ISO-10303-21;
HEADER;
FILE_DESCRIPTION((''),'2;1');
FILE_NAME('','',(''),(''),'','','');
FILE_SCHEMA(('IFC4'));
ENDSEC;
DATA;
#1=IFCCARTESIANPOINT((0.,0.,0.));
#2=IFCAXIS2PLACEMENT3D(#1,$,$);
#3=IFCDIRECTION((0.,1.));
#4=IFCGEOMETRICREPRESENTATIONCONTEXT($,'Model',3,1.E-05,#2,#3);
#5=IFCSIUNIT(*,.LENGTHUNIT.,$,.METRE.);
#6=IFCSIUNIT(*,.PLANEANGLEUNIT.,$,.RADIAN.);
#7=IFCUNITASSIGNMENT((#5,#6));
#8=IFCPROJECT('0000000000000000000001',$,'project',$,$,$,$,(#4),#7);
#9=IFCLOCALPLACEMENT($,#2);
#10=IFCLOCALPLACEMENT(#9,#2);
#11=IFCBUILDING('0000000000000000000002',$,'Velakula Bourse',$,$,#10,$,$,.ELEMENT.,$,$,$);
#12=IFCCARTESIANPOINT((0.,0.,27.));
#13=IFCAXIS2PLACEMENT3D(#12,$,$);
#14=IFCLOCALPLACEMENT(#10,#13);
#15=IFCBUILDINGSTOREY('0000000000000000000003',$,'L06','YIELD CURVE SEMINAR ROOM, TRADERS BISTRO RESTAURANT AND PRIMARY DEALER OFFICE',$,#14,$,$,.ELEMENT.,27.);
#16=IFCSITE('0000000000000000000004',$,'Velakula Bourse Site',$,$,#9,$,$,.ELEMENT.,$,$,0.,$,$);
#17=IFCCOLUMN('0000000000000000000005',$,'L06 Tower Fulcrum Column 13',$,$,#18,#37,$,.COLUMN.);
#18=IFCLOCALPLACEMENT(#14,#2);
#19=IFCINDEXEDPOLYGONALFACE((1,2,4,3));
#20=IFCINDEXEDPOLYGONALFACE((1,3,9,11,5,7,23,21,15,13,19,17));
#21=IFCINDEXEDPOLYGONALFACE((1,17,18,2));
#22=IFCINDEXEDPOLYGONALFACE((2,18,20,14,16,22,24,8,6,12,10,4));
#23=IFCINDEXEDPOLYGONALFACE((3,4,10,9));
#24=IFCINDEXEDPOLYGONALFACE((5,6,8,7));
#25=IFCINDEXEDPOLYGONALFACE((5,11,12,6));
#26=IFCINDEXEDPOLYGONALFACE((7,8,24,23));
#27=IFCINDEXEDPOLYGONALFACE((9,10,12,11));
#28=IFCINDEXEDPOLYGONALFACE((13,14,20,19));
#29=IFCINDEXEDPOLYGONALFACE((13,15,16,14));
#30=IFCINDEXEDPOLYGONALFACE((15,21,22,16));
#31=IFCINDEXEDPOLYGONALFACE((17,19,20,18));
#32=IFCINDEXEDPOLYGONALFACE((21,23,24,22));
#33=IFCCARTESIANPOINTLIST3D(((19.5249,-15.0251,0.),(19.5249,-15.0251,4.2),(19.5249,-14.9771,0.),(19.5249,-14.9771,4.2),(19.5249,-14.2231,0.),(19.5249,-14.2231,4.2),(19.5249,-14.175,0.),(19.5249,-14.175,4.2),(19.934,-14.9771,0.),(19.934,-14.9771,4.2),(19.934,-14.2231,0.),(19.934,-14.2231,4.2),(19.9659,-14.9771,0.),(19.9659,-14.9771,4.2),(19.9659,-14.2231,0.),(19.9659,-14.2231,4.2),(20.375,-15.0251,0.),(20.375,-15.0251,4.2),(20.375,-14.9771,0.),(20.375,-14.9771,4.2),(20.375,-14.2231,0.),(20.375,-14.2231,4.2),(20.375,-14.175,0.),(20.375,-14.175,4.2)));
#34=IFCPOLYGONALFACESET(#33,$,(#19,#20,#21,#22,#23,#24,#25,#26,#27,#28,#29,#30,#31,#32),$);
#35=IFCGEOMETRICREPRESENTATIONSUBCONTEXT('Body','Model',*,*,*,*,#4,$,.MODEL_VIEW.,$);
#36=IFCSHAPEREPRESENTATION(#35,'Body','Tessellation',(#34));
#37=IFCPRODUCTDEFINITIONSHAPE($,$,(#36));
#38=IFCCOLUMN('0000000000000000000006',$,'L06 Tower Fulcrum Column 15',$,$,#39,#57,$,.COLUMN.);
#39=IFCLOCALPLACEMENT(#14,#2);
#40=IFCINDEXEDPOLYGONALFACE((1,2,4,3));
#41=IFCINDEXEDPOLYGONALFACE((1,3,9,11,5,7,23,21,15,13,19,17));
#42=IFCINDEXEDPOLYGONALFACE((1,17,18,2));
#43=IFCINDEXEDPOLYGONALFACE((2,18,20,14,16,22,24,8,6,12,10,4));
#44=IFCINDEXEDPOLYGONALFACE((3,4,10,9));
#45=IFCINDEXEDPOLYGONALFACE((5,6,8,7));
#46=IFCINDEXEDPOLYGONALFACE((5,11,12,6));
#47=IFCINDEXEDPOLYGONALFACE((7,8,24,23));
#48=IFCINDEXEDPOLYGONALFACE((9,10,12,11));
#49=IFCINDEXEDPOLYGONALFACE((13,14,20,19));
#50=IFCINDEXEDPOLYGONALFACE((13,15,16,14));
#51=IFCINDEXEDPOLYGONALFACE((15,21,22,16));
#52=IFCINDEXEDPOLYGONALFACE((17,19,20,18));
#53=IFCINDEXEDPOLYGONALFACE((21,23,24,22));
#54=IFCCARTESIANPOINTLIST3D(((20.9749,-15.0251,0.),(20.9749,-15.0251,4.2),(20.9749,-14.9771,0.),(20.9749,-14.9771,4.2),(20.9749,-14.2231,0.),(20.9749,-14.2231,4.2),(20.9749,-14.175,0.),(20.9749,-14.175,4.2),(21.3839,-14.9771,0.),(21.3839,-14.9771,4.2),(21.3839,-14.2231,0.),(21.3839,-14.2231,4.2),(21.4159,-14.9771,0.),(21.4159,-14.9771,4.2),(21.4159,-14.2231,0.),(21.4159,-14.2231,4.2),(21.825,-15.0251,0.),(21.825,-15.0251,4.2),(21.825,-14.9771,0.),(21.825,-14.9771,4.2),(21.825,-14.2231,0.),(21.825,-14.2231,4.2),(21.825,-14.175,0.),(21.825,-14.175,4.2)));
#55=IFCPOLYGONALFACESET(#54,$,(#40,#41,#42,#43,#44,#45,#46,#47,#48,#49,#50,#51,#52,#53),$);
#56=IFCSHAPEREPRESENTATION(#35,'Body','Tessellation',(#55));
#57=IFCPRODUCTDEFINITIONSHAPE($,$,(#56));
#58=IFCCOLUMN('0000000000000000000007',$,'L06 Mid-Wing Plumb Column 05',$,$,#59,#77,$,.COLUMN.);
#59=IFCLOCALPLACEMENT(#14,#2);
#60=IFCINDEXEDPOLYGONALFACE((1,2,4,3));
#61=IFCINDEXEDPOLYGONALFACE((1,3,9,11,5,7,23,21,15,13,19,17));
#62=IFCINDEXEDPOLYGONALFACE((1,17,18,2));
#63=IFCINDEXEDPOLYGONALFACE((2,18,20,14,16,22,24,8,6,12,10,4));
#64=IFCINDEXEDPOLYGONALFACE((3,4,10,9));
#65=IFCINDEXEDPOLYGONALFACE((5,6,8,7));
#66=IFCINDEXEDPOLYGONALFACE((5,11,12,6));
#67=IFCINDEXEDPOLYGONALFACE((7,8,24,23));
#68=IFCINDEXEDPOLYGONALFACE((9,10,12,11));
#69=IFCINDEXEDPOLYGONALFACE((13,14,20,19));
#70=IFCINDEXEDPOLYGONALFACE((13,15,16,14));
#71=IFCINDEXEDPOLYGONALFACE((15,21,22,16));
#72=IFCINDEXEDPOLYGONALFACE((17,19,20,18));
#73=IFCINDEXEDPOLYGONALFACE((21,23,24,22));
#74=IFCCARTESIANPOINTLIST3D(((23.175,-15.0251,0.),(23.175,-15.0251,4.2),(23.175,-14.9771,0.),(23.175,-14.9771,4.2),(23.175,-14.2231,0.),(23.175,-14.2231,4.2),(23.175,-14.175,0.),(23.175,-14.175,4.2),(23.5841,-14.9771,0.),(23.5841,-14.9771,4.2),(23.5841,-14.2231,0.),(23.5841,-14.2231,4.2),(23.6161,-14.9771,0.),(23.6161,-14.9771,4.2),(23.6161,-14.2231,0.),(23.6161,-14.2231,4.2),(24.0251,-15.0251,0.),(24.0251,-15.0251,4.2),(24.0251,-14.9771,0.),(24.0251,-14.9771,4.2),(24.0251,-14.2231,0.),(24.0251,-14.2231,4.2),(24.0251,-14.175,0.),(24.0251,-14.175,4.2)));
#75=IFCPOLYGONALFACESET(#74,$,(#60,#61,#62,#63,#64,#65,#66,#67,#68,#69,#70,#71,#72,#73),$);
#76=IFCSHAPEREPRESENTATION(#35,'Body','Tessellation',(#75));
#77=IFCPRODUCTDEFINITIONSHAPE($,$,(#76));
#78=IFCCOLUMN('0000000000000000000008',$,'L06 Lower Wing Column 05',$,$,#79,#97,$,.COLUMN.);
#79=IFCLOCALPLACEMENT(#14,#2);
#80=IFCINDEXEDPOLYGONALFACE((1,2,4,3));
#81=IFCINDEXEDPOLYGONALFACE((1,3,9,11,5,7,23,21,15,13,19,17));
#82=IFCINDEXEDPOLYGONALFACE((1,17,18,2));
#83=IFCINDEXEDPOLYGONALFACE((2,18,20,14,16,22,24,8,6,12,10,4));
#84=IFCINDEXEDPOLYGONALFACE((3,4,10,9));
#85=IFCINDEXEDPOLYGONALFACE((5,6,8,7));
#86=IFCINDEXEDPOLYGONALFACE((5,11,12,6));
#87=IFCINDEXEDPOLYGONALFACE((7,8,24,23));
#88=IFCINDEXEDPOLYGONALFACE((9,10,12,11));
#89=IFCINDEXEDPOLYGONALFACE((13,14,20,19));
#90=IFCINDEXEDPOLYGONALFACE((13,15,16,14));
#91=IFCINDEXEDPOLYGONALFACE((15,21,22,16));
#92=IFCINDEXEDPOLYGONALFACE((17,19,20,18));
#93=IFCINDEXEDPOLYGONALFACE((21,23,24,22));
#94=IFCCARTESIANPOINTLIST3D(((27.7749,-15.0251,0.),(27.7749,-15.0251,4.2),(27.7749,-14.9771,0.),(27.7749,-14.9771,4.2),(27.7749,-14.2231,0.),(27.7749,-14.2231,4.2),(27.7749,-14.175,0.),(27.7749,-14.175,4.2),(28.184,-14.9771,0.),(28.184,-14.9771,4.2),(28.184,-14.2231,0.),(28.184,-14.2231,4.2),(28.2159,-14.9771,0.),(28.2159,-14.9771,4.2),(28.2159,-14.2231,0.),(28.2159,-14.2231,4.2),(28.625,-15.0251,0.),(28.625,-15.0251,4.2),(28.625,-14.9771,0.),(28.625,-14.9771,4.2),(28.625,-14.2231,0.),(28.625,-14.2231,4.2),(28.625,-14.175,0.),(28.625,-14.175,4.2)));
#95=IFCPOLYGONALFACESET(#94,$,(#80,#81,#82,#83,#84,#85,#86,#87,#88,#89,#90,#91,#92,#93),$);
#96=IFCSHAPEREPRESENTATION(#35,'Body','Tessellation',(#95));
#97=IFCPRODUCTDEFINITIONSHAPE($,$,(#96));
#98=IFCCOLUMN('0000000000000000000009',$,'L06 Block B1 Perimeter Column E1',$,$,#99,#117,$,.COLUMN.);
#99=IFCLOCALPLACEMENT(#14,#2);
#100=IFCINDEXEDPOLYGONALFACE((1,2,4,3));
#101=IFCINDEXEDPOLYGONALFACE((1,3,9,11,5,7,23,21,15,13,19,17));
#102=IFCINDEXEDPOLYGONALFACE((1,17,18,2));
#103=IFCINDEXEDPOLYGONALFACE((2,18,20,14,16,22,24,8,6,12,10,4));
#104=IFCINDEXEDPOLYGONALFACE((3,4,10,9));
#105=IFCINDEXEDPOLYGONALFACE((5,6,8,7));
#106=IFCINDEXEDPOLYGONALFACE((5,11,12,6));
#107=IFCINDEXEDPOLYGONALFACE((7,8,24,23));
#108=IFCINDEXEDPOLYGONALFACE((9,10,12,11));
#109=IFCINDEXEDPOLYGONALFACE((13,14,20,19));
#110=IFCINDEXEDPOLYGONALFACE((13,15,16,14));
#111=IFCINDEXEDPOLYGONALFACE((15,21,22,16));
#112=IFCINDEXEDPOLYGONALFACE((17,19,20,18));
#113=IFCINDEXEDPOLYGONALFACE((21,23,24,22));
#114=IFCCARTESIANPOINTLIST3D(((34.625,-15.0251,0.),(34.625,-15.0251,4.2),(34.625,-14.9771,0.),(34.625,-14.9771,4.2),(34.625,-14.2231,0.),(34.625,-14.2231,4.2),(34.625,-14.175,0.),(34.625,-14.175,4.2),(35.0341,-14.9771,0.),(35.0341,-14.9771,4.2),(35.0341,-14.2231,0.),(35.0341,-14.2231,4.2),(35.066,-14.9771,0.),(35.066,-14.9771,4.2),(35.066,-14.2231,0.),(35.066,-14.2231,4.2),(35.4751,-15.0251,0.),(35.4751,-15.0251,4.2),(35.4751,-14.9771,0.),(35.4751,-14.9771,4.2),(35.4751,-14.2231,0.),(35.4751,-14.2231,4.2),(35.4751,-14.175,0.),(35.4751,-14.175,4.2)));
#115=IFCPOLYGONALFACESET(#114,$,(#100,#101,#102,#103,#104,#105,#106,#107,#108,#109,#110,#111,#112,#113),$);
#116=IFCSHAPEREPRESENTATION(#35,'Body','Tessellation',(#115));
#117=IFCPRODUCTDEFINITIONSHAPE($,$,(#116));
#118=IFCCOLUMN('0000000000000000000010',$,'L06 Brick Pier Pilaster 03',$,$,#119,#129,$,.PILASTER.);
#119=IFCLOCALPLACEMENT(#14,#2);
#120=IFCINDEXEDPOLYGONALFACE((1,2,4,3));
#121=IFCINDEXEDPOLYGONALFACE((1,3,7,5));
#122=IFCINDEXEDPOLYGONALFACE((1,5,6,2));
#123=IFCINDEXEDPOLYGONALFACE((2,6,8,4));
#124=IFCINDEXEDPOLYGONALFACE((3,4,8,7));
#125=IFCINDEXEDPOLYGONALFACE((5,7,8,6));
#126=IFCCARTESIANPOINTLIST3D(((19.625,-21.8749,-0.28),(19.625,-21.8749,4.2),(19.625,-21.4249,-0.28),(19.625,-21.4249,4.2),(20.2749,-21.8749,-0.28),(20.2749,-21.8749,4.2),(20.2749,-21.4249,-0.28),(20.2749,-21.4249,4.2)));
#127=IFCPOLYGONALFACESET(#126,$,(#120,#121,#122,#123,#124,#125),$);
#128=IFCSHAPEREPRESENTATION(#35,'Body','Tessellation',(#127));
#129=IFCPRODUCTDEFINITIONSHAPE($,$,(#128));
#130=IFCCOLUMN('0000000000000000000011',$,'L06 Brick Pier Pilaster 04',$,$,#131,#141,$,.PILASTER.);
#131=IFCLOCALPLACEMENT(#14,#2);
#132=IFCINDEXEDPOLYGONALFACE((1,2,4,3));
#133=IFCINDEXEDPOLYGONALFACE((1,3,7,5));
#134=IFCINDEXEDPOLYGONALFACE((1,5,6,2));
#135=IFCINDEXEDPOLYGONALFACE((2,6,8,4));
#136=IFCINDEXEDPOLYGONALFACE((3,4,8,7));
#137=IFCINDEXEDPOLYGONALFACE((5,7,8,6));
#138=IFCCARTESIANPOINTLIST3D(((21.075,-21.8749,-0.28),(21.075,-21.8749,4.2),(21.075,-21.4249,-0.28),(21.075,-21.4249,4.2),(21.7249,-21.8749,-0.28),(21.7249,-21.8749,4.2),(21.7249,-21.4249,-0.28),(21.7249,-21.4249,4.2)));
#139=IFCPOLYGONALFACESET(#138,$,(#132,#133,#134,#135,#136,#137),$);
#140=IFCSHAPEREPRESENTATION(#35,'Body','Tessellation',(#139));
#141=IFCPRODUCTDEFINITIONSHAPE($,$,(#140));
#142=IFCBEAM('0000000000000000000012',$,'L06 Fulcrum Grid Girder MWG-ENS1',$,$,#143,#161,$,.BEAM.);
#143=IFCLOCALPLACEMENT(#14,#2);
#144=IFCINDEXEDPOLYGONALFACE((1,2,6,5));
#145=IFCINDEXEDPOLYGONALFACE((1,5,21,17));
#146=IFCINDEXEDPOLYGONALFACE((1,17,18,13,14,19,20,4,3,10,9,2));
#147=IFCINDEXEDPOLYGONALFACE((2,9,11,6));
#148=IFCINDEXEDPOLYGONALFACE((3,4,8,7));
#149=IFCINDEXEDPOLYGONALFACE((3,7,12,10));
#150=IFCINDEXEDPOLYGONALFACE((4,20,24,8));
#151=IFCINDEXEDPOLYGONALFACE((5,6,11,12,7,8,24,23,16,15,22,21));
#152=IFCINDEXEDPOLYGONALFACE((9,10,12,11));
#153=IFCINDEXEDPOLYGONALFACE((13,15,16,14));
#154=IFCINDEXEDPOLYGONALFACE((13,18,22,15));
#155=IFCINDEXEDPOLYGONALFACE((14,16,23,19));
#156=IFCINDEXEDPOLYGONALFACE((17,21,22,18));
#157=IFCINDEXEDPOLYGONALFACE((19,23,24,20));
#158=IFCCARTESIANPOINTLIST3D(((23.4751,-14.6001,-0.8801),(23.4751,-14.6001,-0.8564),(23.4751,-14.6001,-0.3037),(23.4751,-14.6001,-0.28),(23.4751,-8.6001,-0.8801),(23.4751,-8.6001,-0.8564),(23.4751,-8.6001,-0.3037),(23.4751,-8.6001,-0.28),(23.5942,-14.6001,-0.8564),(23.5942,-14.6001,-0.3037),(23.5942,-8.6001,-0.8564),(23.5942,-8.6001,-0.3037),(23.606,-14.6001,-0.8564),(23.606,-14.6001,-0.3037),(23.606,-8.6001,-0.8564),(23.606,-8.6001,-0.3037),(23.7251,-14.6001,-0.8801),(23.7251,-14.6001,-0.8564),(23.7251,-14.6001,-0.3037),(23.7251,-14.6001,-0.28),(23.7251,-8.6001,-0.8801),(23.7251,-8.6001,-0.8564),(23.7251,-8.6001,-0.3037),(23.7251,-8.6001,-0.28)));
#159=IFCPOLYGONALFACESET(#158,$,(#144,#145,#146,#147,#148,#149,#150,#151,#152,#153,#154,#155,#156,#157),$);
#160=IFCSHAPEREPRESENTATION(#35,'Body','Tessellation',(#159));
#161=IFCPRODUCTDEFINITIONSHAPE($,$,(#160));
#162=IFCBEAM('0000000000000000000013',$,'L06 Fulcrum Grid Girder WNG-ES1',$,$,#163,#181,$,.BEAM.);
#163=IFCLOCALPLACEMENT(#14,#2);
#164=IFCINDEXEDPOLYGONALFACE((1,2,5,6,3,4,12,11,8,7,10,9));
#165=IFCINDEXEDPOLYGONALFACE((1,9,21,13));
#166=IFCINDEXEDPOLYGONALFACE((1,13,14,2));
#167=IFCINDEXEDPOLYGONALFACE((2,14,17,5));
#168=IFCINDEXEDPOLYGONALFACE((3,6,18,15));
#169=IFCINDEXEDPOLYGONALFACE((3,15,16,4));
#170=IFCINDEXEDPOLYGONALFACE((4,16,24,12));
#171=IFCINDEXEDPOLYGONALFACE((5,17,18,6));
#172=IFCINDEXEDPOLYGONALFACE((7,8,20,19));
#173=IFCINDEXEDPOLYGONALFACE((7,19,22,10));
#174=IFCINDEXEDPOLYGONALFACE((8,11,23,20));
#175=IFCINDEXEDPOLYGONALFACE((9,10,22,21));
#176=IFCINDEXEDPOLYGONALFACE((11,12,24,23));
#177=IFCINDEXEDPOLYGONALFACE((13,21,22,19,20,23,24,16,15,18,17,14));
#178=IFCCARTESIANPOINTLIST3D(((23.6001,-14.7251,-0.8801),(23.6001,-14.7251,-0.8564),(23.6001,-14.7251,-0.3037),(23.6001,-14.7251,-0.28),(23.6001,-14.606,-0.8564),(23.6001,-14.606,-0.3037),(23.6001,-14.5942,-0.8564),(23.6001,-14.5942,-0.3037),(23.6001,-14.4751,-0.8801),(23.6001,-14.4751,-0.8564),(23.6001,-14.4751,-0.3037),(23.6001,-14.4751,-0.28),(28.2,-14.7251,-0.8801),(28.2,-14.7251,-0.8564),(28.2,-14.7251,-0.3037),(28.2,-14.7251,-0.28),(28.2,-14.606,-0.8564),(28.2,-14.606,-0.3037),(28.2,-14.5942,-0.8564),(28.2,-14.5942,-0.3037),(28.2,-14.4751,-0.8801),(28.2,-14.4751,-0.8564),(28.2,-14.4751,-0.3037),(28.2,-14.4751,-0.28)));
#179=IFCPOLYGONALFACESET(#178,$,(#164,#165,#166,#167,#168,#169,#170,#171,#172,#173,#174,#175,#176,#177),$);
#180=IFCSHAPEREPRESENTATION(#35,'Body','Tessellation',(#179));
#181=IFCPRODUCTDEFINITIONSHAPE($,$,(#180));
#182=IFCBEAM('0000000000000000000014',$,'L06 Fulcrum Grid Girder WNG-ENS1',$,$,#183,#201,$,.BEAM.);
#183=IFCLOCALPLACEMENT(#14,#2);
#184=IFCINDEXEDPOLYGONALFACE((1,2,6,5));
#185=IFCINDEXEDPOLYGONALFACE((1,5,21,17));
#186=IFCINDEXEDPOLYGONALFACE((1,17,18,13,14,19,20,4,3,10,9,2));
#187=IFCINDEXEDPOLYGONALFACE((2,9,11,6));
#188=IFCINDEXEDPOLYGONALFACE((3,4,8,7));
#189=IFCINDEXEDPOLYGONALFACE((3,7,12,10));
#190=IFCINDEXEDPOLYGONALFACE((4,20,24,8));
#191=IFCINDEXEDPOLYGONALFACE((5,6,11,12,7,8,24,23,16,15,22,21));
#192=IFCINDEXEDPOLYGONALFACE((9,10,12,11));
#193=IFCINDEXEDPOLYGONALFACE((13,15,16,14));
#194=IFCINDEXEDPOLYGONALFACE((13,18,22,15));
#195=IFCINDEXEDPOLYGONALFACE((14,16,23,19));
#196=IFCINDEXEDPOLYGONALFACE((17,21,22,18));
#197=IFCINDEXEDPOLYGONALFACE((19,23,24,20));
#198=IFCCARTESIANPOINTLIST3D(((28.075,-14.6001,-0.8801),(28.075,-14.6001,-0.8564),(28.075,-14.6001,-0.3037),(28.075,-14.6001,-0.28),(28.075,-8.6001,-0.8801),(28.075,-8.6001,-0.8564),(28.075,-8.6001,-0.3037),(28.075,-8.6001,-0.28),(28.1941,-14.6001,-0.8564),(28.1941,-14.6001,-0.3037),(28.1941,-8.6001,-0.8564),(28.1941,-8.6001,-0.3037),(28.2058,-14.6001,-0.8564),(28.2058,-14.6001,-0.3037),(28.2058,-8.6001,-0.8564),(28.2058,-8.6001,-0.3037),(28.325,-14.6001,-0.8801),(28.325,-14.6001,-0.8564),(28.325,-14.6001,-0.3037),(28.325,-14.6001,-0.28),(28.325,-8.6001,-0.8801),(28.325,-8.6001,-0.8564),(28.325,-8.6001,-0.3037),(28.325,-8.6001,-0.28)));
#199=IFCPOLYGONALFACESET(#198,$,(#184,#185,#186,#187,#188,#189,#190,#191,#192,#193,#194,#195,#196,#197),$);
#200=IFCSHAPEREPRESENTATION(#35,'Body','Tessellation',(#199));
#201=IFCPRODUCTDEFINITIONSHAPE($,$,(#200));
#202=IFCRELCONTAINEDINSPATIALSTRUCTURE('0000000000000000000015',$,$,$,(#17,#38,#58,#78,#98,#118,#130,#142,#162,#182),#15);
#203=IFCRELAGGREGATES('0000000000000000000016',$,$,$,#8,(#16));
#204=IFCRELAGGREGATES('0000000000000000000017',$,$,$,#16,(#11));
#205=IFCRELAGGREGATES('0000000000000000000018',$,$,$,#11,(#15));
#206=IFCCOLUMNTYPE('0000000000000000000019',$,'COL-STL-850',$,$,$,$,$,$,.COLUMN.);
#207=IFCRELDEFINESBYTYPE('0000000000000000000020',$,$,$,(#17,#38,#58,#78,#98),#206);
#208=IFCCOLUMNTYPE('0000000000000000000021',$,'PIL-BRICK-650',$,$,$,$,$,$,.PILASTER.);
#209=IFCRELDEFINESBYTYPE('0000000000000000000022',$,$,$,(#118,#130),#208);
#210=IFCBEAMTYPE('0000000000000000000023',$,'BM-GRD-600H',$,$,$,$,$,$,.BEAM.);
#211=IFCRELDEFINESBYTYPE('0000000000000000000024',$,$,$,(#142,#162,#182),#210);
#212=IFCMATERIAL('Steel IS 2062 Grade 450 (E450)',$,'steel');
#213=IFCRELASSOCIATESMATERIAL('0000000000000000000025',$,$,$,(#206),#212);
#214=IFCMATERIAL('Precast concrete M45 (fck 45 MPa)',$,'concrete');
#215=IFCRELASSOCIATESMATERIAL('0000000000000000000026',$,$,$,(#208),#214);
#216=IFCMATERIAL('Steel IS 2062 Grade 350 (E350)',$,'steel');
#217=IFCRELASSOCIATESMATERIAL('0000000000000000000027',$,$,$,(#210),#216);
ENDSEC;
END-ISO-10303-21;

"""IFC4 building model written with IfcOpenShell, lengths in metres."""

from ifc_helpers import new_model, si_unit, direction, frame, origin, origin_2d, place, context, subcontext, project, spatial, rectangle, i_section, extrude, material, material_profile, profile_set, type_object, element, save


model = new_model("IFC4")

# Units and contexts
model_context = context("Model", 3, precision=1e-05, world=origin(), true_north=direction((0.0, 1.0)))
body_context = subcontext(model_context, "Body", "Model", "MODEL_VIEW")
ifc_project = project(units=[si_unit("LENGTHUNIT", "METRE"), si_unit("PLANEANGLEUNIT", "RADIAN")], contexts=[model_context])

# Site, building, storey
site_placement = place(None, origin())
site = spatial("IfcSite", under=ifc_project, at=site_placement, Name="Velakula Bourse Site", CompositionType="ELEMENT", RefElevation=0.0)
building_placement = place(site_placement, origin())
building = spatial("IfcBuilding", under=site, at=building_placement, Name="Velakula Bourse", CompositionType="ELEMENT")
storey_placement = place(building_placement, frame((0.0, 0.0, 27.0)))
storey = spatial("IfcBuildingStorey", under=building, at=storey_placement, Name="L06", Description="YIELD CURVE SEMINAR ROOM, TRADERS BISTRO RESTAURANT AND PRIMARY DEALER OFFICE", CompositionType="ELEMENT", Elevation=27.0)

# Columns
ifc_material_1 = material(Name="Steel IS 2062 Grade 450 (E450)", Category="steel")
ifc_material_profile_1 = material_profile(ifc_material_1, i_section(OverallWidth=0.8501, OverallDepth=0.8501, WebThickness=0.032, FlangeThickness=0.0481, at=origin_2d()), Name="Steel IS 2062 Grade 450 (E450)")
ifc_profile_set_1 = profile_set([ifc_material_profile_1], Name="Steel IS 2062 Grade 450 (E450)")
column_type_1 = type_object("IfcColumnType", Name="COL-STL-850", PredefinedType="COLUMN", material=ifc_profile_set_1)
for number, where, z_axis, x_axis, name in (
    (1, (19.95, -14.6001, 0.0), (0.0, 0.0, 1.0), (1.0, 0.0, 0.0), "L06 Tower Fulcrum Column 13"),
    (2, (21.3999, -14.6001, 0.0), (0.0, 0.0, 1.0), (1.0, 0.0, 0.0), "L06 Tower Fulcrum Column 15"),
    (3, (23.6001, -14.6001, 0.0), (0.0, 0.0, 1.0), (1.0, 0.0, 0.0), "L06 Mid-Wing Plumb Column 05"),
    (4, (28.2, -14.6001, 0.0), (0.0, 0.0, 1.0), (1.0, 0.0, 0.0), "L06 Lower Wing Column 05"),
    (5, (35.05, -14.6001, 0.0), (0.0, 0.0, 1.0), (1.0, 0.0, 0.0), "L06 Block B1 Perimeter Column E1"),
):
    element("IfcColumn", number, at=place(storey_placement, frame(where, z_axis=z_axis, x_axis=x_axis)), inside=storey, type_object=column_type_1, Name=name, PredefinedType="COLUMN", context=body_context, shape_type="SweptSolid", body=[
        extrude(i_section(OverallWidth=0.8501, OverallDepth=0.8501, WebThickness=0.032, FlangeThickness=0.0481, at=origin_2d()), origin(), (0.0, 0.0, 1.0), 4.2),
    ])
ifc_material_2 = material(Name="Precast concrete M45 (fck 45 MPa)", Category="concrete")
ifc_material_profile_2 = material_profile(ifc_material_2, rectangle(XDim=0.6499, YDim=0.45, at=origin_2d()), Name="Precast concrete M45 (fck 45 MPa)")
ifc_profile_set_2 = profile_set([ifc_material_profile_2], Name="Precast concrete M45 (fck 45 MPa)")
column_type_2 = type_object("IfcColumnType", Name="PIL-BRICK-650", PredefinedType="PILASTER", material=ifc_profile_set_2)
for number, where, z_axis, x_axis, name in (
    (6, (19.95, -21.6499, -0.28), (0.0, 0.0, 1.0), (1.0, 0.0, 0.0), "L06 Brick Pier Pilaster 03"),
    (7, (21.3999, -21.6499, -0.28), (0.0, 0.0, 1.0), (1.0, 0.0, 0.0), "L06 Brick Pier Pilaster 04"),
):
    element("IfcColumn", number, at=place(storey_placement, frame(where, z_axis=z_axis, x_axis=x_axis)), inside=storey, type_object=column_type_2, Name=name, PredefinedType="PILASTER", context=body_context, shape_type="SweptSolid", body=[
        extrude(rectangle(XDim=0.6499, YDim=0.45, at=origin_2d()), origin(), (0.0, 0.0, 1.0), 4.48),
    ])

# Beams
ifc_material_3 = material(Name="Steel IS 2062 Grade 350 (E350)", Category="steel")
ifc_material_profile_3 = material_profile(ifc_material_3, i_section(OverallWidth=0.25, OverallDepth=0.6001, WebThickness=0.0117, FlangeThickness=0.0237, at=origin_2d()), Name="Steel IS 2062 Grade 350 (E350)")
ifc_profile_set_3 = profile_set([ifc_material_profile_3], Name="Steel IS 2062 Grade 350 (E350)")
beam_type_1 = type_object("IfcBeamType", Name="BM-GRD-600H", PredefinedType="BEAM", material=ifc_profile_set_3)
beam_1_placement = place(storey_placement, frame((23.6001, -14.6001, -0.5801), z_axis=(0.0, 1.0, 0.0), x_axis=(-1.0, 0.0, 0.0)))
element("IfcBeam", 8, at=beam_1_placement, inside=storey, type_object=beam_type_1, Name="L06 Fulcrum Grid Girder MWG-ENS1", PredefinedType="BEAM", context=body_context, shape_type="SweptSolid", body=[
    extrude(i_section(OverallWidth=0.25, OverallDepth=0.6001, WebThickness=0.0117, FlangeThickness=0.0237, at=origin_2d()), origin(), (0.0, 0.0, 1.0), 6.0),
])
beam_2_placement = place(storey_placement, frame((23.6001, -14.6001, -0.5801), z_axis=(1.0, 0.0, 0.0), x_axis=(0.0, 1.0, 0.0)))
element("IfcBeam", 9, at=beam_2_placement, inside=storey, type_object=beam_type_1, Name="L06 Fulcrum Grid Girder WNG-ES1", PredefinedType="BEAM", context=body_context, shape_type="SweptSolid", body=[
    extrude(i_section(OverallWidth=0.25, OverallDepth=0.6001, WebThickness=0.0117, FlangeThickness=0.0237, at=origin_2d()), origin(), (0.0, 0.0, 1.0), 4.5999),
])
beam_3_placement = place(storey_placement, frame((28.2, -14.6001, -0.5801), z_axis=(0.0, 1.0, 0.0), x_axis=(-1.0, 0.0, 0.0)))
element("IfcBeam", 10, at=beam_3_placement, inside=storey, type_object=beam_type_1, Name="L06 Fulcrum Grid Girder WNG-ENS1", PredefinedType="BEAM", context=body_context, shape_type="SweptSolid", body=[
    extrude(i_section(OverallWidth=0.25, OverallDepth=0.6001, WebThickness=0.0117, FlangeThickness=0.0237, at=origin_2d()), origin(), (0.0, 0.0, 1.0), 6.0),
])

save(model, "model.ifc")
